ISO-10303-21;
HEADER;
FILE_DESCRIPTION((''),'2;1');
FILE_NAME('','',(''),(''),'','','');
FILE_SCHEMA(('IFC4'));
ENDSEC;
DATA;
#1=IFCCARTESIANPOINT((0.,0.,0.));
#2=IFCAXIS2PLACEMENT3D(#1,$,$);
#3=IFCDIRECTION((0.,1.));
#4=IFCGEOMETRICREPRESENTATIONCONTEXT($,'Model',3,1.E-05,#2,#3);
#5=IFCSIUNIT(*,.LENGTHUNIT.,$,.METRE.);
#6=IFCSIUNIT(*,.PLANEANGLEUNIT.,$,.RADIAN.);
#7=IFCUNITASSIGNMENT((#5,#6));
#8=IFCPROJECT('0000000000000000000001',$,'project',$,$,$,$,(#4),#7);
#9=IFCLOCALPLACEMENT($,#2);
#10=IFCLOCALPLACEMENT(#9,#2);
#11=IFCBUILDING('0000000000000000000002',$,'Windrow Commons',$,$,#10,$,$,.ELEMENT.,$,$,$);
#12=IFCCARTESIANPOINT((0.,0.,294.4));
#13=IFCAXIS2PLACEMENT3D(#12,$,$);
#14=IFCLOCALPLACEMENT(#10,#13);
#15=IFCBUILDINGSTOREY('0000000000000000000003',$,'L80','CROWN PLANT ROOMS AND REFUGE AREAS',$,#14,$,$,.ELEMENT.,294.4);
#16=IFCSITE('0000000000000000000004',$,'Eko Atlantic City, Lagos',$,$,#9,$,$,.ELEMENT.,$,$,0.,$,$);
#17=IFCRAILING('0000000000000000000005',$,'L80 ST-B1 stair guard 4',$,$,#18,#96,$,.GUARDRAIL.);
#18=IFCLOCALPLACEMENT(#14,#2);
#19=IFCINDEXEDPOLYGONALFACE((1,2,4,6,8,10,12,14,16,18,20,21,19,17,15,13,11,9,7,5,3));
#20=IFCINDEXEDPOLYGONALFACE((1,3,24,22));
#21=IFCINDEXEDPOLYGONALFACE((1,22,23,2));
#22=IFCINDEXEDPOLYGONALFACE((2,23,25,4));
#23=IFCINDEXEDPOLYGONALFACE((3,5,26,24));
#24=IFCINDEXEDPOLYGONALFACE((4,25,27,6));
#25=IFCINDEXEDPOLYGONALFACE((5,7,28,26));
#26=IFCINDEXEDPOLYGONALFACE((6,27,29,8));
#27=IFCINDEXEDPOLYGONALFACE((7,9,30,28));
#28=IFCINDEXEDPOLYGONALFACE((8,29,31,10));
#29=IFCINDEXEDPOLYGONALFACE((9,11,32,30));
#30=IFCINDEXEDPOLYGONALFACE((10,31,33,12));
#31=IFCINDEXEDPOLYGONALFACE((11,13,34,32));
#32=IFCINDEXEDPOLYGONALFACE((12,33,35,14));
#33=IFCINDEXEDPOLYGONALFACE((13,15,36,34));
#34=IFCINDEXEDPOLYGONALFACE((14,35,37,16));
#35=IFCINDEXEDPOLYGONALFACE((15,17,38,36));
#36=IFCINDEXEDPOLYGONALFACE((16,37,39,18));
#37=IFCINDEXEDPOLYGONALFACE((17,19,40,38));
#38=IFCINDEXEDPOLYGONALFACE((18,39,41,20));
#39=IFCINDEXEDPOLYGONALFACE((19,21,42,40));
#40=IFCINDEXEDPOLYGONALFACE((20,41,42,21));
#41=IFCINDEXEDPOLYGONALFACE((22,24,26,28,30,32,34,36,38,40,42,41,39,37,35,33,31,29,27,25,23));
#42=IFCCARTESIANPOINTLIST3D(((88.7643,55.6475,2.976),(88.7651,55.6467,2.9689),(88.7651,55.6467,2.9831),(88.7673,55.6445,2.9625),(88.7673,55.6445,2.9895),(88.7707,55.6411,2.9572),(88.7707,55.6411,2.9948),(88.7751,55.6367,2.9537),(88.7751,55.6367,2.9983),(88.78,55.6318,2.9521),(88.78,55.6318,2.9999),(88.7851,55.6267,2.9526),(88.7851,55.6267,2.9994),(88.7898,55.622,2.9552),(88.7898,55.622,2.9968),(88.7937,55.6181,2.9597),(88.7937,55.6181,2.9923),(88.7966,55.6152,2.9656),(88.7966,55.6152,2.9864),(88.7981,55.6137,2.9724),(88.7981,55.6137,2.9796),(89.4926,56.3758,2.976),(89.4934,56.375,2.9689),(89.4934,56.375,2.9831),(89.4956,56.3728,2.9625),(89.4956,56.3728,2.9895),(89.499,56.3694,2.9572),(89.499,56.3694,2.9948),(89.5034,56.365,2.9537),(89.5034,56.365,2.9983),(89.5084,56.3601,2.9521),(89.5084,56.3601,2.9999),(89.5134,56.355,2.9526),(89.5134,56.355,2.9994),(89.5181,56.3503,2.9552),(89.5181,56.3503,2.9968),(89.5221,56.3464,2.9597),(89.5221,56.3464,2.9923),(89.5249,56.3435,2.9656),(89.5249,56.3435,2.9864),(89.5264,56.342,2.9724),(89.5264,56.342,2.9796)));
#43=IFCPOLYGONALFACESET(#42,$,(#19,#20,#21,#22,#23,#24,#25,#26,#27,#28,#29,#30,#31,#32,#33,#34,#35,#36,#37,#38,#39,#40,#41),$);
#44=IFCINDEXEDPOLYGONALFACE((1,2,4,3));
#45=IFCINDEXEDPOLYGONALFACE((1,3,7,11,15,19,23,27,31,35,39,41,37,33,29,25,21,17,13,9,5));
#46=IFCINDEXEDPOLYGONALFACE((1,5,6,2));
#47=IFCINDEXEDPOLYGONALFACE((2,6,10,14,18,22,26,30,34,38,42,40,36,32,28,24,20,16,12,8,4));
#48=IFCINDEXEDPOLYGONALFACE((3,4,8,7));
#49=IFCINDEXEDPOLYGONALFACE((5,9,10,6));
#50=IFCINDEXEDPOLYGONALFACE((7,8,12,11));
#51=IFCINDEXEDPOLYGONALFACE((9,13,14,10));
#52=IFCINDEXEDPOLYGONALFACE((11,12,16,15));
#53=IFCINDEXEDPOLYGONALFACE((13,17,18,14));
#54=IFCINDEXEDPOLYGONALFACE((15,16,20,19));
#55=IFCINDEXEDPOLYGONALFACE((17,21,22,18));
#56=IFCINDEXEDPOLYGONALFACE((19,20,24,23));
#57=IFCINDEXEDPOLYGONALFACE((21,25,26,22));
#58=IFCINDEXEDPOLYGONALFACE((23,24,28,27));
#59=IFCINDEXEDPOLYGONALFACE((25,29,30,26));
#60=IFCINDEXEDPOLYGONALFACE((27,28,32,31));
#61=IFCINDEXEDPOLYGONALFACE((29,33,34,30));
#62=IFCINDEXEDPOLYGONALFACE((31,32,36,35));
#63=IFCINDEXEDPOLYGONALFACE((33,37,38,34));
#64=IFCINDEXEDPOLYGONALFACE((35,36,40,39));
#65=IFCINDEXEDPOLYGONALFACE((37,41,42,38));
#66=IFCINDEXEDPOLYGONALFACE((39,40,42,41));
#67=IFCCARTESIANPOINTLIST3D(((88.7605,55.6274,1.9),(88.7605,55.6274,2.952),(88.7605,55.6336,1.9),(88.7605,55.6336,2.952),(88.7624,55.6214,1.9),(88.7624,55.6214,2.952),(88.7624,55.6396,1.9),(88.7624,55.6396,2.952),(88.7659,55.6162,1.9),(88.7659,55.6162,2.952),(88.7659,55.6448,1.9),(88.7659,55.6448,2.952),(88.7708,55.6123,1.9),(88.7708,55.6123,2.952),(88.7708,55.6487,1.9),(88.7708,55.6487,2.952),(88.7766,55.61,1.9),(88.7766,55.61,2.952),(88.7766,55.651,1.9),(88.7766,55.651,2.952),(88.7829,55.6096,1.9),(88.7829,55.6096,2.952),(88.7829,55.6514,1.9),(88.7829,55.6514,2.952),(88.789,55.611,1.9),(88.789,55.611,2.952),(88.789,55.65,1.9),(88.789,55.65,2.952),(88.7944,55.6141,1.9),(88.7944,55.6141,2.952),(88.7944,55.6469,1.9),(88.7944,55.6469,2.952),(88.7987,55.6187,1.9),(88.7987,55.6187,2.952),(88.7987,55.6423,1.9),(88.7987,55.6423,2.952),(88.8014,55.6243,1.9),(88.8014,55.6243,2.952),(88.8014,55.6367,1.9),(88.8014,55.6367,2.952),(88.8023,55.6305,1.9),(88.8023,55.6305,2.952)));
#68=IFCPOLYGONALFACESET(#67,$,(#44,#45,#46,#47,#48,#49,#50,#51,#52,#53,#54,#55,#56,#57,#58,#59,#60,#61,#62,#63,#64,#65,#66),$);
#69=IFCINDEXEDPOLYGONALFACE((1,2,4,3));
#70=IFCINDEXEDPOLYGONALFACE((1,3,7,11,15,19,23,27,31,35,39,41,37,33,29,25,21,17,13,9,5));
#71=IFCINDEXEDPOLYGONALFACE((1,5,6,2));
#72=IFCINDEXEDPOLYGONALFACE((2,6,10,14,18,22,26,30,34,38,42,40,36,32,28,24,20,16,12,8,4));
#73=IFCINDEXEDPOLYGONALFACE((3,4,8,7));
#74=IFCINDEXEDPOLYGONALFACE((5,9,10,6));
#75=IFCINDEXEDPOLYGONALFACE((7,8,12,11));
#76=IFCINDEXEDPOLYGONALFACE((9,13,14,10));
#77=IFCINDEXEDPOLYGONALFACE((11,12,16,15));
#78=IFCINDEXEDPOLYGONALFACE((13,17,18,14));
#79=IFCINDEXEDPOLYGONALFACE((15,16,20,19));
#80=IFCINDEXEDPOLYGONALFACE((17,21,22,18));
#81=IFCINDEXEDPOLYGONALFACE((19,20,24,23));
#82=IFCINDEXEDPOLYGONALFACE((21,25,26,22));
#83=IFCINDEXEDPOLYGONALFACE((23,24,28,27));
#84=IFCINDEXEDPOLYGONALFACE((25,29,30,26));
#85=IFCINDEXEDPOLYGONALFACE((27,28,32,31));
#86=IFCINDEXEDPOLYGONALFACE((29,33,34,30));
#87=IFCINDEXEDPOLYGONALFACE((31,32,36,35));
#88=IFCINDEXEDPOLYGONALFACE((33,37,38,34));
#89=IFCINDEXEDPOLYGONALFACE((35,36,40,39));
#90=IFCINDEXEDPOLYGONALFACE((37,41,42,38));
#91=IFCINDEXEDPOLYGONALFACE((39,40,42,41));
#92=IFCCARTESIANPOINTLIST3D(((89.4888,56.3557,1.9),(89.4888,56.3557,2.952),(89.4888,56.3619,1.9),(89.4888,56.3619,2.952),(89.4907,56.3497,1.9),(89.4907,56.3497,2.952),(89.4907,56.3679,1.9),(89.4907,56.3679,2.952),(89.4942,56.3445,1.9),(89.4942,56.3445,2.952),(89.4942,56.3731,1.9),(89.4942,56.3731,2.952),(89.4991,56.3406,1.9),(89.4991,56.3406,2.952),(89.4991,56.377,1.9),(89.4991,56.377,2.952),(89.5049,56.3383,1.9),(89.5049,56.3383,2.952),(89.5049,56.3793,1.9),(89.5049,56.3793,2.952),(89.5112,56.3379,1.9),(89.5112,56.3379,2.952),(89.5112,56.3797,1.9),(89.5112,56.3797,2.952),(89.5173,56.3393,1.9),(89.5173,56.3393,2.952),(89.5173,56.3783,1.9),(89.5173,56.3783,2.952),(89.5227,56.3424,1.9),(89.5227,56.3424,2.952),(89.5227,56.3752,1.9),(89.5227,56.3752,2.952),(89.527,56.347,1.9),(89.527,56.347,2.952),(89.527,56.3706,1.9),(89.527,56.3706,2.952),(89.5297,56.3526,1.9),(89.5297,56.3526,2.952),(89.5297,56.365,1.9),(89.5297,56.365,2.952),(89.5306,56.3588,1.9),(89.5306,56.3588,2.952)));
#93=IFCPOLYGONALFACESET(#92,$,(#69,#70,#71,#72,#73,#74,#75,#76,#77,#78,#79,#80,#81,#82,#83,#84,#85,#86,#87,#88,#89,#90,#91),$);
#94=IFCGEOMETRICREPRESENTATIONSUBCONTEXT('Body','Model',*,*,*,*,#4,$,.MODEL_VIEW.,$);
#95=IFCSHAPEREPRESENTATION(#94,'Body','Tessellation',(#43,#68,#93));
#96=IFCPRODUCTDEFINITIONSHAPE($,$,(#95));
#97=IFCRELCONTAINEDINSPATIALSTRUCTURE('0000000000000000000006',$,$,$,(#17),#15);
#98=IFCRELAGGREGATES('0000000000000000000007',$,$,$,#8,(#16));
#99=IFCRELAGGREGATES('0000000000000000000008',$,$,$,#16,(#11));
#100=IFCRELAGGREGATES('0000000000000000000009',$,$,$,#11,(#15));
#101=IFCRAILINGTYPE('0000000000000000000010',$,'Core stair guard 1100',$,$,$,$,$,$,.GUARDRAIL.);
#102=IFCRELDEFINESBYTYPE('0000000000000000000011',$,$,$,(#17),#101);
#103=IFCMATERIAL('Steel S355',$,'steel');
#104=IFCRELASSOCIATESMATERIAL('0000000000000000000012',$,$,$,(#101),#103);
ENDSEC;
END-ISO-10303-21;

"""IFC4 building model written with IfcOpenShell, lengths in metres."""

from ifc_helpers import new_model, si_unit, direction, frame, origin, origin_2d, place, context, subcontext, project, spatial, circle, extrude, material, type_object, element, save


model = new_model("IFC4")

# Units and contexts
model_context = context("Model", 3, precision=1e-05, world=origin(), true_north=direction((0.0, 1.0)))
body_context = subcontext(model_context, "Body", "Model", "MODEL_VIEW")
ifc_project = project(units=[si_unit("LENGTHUNIT", "METRE"), si_unit("PLANEANGLEUNIT", "RADIAN")], contexts=[model_context])

# Site, building, storey
site_placement = place(None, origin())
site = spatial("IfcSite", under=ifc_project, at=site_placement, Name="Eko Atlantic City, Lagos", CompositionType="ELEMENT", RefElevation=0.0)
building_placement = place(site_placement, origin())
building = spatial("IfcBuilding", under=site, at=building_placement, Name="Windrow Commons", CompositionType="ELEMENT")
storey_placement = place(building_placement, frame((0.0, 0.0, 294.4)))
storey = spatial("IfcBuildingStorey", under=building, at=storey_placement, Name="L80", Description="CROWN PLANT ROOMS AND REFUGE AREAS", CompositionType="ELEMENT", Elevation=294.4)

# Railing
ifc_material_1 = material(Name="Steel S355", Category="steel")
railing_type_1 = type_object("IfcRailingType", Name="Core stair guard 1100", PredefinedType="GUARDRAIL", material=ifc_material_1)
railing_1_placement = place(storey_placement, frame((88.7813, 55.6305, 1.9)))
element("IfcRailing", 1, at=railing_1_placement, inside=storey, type_object=railing_type_1, Name="L80 ST-B1 stair guard 4", PredefinedType="GUARDRAIL", context=body_context, shape_type="SweptSolid", body=[
    extrude(circle(Radius=0.024, at=origin_2d()), frame((0.0, 0.0, 1.076), z_axis=(0.707107, 0.707107, 0.0), x_axis=(-0.707107, 0.707107, 0.0)), (0.0, 0.0, 1.0), 1.03),
    extrude(circle(Radius=0.021, at=origin_2d()), origin(), (0.0, 0.0, 1.0), 1.052),
    extrude(circle(Radius=0.021, at=origin_2d()), frame((0.7283, 0.7283, 0.0)), (0.0, 0.0, 1.0), 1.052),
])

save(model, "model.ifc")
